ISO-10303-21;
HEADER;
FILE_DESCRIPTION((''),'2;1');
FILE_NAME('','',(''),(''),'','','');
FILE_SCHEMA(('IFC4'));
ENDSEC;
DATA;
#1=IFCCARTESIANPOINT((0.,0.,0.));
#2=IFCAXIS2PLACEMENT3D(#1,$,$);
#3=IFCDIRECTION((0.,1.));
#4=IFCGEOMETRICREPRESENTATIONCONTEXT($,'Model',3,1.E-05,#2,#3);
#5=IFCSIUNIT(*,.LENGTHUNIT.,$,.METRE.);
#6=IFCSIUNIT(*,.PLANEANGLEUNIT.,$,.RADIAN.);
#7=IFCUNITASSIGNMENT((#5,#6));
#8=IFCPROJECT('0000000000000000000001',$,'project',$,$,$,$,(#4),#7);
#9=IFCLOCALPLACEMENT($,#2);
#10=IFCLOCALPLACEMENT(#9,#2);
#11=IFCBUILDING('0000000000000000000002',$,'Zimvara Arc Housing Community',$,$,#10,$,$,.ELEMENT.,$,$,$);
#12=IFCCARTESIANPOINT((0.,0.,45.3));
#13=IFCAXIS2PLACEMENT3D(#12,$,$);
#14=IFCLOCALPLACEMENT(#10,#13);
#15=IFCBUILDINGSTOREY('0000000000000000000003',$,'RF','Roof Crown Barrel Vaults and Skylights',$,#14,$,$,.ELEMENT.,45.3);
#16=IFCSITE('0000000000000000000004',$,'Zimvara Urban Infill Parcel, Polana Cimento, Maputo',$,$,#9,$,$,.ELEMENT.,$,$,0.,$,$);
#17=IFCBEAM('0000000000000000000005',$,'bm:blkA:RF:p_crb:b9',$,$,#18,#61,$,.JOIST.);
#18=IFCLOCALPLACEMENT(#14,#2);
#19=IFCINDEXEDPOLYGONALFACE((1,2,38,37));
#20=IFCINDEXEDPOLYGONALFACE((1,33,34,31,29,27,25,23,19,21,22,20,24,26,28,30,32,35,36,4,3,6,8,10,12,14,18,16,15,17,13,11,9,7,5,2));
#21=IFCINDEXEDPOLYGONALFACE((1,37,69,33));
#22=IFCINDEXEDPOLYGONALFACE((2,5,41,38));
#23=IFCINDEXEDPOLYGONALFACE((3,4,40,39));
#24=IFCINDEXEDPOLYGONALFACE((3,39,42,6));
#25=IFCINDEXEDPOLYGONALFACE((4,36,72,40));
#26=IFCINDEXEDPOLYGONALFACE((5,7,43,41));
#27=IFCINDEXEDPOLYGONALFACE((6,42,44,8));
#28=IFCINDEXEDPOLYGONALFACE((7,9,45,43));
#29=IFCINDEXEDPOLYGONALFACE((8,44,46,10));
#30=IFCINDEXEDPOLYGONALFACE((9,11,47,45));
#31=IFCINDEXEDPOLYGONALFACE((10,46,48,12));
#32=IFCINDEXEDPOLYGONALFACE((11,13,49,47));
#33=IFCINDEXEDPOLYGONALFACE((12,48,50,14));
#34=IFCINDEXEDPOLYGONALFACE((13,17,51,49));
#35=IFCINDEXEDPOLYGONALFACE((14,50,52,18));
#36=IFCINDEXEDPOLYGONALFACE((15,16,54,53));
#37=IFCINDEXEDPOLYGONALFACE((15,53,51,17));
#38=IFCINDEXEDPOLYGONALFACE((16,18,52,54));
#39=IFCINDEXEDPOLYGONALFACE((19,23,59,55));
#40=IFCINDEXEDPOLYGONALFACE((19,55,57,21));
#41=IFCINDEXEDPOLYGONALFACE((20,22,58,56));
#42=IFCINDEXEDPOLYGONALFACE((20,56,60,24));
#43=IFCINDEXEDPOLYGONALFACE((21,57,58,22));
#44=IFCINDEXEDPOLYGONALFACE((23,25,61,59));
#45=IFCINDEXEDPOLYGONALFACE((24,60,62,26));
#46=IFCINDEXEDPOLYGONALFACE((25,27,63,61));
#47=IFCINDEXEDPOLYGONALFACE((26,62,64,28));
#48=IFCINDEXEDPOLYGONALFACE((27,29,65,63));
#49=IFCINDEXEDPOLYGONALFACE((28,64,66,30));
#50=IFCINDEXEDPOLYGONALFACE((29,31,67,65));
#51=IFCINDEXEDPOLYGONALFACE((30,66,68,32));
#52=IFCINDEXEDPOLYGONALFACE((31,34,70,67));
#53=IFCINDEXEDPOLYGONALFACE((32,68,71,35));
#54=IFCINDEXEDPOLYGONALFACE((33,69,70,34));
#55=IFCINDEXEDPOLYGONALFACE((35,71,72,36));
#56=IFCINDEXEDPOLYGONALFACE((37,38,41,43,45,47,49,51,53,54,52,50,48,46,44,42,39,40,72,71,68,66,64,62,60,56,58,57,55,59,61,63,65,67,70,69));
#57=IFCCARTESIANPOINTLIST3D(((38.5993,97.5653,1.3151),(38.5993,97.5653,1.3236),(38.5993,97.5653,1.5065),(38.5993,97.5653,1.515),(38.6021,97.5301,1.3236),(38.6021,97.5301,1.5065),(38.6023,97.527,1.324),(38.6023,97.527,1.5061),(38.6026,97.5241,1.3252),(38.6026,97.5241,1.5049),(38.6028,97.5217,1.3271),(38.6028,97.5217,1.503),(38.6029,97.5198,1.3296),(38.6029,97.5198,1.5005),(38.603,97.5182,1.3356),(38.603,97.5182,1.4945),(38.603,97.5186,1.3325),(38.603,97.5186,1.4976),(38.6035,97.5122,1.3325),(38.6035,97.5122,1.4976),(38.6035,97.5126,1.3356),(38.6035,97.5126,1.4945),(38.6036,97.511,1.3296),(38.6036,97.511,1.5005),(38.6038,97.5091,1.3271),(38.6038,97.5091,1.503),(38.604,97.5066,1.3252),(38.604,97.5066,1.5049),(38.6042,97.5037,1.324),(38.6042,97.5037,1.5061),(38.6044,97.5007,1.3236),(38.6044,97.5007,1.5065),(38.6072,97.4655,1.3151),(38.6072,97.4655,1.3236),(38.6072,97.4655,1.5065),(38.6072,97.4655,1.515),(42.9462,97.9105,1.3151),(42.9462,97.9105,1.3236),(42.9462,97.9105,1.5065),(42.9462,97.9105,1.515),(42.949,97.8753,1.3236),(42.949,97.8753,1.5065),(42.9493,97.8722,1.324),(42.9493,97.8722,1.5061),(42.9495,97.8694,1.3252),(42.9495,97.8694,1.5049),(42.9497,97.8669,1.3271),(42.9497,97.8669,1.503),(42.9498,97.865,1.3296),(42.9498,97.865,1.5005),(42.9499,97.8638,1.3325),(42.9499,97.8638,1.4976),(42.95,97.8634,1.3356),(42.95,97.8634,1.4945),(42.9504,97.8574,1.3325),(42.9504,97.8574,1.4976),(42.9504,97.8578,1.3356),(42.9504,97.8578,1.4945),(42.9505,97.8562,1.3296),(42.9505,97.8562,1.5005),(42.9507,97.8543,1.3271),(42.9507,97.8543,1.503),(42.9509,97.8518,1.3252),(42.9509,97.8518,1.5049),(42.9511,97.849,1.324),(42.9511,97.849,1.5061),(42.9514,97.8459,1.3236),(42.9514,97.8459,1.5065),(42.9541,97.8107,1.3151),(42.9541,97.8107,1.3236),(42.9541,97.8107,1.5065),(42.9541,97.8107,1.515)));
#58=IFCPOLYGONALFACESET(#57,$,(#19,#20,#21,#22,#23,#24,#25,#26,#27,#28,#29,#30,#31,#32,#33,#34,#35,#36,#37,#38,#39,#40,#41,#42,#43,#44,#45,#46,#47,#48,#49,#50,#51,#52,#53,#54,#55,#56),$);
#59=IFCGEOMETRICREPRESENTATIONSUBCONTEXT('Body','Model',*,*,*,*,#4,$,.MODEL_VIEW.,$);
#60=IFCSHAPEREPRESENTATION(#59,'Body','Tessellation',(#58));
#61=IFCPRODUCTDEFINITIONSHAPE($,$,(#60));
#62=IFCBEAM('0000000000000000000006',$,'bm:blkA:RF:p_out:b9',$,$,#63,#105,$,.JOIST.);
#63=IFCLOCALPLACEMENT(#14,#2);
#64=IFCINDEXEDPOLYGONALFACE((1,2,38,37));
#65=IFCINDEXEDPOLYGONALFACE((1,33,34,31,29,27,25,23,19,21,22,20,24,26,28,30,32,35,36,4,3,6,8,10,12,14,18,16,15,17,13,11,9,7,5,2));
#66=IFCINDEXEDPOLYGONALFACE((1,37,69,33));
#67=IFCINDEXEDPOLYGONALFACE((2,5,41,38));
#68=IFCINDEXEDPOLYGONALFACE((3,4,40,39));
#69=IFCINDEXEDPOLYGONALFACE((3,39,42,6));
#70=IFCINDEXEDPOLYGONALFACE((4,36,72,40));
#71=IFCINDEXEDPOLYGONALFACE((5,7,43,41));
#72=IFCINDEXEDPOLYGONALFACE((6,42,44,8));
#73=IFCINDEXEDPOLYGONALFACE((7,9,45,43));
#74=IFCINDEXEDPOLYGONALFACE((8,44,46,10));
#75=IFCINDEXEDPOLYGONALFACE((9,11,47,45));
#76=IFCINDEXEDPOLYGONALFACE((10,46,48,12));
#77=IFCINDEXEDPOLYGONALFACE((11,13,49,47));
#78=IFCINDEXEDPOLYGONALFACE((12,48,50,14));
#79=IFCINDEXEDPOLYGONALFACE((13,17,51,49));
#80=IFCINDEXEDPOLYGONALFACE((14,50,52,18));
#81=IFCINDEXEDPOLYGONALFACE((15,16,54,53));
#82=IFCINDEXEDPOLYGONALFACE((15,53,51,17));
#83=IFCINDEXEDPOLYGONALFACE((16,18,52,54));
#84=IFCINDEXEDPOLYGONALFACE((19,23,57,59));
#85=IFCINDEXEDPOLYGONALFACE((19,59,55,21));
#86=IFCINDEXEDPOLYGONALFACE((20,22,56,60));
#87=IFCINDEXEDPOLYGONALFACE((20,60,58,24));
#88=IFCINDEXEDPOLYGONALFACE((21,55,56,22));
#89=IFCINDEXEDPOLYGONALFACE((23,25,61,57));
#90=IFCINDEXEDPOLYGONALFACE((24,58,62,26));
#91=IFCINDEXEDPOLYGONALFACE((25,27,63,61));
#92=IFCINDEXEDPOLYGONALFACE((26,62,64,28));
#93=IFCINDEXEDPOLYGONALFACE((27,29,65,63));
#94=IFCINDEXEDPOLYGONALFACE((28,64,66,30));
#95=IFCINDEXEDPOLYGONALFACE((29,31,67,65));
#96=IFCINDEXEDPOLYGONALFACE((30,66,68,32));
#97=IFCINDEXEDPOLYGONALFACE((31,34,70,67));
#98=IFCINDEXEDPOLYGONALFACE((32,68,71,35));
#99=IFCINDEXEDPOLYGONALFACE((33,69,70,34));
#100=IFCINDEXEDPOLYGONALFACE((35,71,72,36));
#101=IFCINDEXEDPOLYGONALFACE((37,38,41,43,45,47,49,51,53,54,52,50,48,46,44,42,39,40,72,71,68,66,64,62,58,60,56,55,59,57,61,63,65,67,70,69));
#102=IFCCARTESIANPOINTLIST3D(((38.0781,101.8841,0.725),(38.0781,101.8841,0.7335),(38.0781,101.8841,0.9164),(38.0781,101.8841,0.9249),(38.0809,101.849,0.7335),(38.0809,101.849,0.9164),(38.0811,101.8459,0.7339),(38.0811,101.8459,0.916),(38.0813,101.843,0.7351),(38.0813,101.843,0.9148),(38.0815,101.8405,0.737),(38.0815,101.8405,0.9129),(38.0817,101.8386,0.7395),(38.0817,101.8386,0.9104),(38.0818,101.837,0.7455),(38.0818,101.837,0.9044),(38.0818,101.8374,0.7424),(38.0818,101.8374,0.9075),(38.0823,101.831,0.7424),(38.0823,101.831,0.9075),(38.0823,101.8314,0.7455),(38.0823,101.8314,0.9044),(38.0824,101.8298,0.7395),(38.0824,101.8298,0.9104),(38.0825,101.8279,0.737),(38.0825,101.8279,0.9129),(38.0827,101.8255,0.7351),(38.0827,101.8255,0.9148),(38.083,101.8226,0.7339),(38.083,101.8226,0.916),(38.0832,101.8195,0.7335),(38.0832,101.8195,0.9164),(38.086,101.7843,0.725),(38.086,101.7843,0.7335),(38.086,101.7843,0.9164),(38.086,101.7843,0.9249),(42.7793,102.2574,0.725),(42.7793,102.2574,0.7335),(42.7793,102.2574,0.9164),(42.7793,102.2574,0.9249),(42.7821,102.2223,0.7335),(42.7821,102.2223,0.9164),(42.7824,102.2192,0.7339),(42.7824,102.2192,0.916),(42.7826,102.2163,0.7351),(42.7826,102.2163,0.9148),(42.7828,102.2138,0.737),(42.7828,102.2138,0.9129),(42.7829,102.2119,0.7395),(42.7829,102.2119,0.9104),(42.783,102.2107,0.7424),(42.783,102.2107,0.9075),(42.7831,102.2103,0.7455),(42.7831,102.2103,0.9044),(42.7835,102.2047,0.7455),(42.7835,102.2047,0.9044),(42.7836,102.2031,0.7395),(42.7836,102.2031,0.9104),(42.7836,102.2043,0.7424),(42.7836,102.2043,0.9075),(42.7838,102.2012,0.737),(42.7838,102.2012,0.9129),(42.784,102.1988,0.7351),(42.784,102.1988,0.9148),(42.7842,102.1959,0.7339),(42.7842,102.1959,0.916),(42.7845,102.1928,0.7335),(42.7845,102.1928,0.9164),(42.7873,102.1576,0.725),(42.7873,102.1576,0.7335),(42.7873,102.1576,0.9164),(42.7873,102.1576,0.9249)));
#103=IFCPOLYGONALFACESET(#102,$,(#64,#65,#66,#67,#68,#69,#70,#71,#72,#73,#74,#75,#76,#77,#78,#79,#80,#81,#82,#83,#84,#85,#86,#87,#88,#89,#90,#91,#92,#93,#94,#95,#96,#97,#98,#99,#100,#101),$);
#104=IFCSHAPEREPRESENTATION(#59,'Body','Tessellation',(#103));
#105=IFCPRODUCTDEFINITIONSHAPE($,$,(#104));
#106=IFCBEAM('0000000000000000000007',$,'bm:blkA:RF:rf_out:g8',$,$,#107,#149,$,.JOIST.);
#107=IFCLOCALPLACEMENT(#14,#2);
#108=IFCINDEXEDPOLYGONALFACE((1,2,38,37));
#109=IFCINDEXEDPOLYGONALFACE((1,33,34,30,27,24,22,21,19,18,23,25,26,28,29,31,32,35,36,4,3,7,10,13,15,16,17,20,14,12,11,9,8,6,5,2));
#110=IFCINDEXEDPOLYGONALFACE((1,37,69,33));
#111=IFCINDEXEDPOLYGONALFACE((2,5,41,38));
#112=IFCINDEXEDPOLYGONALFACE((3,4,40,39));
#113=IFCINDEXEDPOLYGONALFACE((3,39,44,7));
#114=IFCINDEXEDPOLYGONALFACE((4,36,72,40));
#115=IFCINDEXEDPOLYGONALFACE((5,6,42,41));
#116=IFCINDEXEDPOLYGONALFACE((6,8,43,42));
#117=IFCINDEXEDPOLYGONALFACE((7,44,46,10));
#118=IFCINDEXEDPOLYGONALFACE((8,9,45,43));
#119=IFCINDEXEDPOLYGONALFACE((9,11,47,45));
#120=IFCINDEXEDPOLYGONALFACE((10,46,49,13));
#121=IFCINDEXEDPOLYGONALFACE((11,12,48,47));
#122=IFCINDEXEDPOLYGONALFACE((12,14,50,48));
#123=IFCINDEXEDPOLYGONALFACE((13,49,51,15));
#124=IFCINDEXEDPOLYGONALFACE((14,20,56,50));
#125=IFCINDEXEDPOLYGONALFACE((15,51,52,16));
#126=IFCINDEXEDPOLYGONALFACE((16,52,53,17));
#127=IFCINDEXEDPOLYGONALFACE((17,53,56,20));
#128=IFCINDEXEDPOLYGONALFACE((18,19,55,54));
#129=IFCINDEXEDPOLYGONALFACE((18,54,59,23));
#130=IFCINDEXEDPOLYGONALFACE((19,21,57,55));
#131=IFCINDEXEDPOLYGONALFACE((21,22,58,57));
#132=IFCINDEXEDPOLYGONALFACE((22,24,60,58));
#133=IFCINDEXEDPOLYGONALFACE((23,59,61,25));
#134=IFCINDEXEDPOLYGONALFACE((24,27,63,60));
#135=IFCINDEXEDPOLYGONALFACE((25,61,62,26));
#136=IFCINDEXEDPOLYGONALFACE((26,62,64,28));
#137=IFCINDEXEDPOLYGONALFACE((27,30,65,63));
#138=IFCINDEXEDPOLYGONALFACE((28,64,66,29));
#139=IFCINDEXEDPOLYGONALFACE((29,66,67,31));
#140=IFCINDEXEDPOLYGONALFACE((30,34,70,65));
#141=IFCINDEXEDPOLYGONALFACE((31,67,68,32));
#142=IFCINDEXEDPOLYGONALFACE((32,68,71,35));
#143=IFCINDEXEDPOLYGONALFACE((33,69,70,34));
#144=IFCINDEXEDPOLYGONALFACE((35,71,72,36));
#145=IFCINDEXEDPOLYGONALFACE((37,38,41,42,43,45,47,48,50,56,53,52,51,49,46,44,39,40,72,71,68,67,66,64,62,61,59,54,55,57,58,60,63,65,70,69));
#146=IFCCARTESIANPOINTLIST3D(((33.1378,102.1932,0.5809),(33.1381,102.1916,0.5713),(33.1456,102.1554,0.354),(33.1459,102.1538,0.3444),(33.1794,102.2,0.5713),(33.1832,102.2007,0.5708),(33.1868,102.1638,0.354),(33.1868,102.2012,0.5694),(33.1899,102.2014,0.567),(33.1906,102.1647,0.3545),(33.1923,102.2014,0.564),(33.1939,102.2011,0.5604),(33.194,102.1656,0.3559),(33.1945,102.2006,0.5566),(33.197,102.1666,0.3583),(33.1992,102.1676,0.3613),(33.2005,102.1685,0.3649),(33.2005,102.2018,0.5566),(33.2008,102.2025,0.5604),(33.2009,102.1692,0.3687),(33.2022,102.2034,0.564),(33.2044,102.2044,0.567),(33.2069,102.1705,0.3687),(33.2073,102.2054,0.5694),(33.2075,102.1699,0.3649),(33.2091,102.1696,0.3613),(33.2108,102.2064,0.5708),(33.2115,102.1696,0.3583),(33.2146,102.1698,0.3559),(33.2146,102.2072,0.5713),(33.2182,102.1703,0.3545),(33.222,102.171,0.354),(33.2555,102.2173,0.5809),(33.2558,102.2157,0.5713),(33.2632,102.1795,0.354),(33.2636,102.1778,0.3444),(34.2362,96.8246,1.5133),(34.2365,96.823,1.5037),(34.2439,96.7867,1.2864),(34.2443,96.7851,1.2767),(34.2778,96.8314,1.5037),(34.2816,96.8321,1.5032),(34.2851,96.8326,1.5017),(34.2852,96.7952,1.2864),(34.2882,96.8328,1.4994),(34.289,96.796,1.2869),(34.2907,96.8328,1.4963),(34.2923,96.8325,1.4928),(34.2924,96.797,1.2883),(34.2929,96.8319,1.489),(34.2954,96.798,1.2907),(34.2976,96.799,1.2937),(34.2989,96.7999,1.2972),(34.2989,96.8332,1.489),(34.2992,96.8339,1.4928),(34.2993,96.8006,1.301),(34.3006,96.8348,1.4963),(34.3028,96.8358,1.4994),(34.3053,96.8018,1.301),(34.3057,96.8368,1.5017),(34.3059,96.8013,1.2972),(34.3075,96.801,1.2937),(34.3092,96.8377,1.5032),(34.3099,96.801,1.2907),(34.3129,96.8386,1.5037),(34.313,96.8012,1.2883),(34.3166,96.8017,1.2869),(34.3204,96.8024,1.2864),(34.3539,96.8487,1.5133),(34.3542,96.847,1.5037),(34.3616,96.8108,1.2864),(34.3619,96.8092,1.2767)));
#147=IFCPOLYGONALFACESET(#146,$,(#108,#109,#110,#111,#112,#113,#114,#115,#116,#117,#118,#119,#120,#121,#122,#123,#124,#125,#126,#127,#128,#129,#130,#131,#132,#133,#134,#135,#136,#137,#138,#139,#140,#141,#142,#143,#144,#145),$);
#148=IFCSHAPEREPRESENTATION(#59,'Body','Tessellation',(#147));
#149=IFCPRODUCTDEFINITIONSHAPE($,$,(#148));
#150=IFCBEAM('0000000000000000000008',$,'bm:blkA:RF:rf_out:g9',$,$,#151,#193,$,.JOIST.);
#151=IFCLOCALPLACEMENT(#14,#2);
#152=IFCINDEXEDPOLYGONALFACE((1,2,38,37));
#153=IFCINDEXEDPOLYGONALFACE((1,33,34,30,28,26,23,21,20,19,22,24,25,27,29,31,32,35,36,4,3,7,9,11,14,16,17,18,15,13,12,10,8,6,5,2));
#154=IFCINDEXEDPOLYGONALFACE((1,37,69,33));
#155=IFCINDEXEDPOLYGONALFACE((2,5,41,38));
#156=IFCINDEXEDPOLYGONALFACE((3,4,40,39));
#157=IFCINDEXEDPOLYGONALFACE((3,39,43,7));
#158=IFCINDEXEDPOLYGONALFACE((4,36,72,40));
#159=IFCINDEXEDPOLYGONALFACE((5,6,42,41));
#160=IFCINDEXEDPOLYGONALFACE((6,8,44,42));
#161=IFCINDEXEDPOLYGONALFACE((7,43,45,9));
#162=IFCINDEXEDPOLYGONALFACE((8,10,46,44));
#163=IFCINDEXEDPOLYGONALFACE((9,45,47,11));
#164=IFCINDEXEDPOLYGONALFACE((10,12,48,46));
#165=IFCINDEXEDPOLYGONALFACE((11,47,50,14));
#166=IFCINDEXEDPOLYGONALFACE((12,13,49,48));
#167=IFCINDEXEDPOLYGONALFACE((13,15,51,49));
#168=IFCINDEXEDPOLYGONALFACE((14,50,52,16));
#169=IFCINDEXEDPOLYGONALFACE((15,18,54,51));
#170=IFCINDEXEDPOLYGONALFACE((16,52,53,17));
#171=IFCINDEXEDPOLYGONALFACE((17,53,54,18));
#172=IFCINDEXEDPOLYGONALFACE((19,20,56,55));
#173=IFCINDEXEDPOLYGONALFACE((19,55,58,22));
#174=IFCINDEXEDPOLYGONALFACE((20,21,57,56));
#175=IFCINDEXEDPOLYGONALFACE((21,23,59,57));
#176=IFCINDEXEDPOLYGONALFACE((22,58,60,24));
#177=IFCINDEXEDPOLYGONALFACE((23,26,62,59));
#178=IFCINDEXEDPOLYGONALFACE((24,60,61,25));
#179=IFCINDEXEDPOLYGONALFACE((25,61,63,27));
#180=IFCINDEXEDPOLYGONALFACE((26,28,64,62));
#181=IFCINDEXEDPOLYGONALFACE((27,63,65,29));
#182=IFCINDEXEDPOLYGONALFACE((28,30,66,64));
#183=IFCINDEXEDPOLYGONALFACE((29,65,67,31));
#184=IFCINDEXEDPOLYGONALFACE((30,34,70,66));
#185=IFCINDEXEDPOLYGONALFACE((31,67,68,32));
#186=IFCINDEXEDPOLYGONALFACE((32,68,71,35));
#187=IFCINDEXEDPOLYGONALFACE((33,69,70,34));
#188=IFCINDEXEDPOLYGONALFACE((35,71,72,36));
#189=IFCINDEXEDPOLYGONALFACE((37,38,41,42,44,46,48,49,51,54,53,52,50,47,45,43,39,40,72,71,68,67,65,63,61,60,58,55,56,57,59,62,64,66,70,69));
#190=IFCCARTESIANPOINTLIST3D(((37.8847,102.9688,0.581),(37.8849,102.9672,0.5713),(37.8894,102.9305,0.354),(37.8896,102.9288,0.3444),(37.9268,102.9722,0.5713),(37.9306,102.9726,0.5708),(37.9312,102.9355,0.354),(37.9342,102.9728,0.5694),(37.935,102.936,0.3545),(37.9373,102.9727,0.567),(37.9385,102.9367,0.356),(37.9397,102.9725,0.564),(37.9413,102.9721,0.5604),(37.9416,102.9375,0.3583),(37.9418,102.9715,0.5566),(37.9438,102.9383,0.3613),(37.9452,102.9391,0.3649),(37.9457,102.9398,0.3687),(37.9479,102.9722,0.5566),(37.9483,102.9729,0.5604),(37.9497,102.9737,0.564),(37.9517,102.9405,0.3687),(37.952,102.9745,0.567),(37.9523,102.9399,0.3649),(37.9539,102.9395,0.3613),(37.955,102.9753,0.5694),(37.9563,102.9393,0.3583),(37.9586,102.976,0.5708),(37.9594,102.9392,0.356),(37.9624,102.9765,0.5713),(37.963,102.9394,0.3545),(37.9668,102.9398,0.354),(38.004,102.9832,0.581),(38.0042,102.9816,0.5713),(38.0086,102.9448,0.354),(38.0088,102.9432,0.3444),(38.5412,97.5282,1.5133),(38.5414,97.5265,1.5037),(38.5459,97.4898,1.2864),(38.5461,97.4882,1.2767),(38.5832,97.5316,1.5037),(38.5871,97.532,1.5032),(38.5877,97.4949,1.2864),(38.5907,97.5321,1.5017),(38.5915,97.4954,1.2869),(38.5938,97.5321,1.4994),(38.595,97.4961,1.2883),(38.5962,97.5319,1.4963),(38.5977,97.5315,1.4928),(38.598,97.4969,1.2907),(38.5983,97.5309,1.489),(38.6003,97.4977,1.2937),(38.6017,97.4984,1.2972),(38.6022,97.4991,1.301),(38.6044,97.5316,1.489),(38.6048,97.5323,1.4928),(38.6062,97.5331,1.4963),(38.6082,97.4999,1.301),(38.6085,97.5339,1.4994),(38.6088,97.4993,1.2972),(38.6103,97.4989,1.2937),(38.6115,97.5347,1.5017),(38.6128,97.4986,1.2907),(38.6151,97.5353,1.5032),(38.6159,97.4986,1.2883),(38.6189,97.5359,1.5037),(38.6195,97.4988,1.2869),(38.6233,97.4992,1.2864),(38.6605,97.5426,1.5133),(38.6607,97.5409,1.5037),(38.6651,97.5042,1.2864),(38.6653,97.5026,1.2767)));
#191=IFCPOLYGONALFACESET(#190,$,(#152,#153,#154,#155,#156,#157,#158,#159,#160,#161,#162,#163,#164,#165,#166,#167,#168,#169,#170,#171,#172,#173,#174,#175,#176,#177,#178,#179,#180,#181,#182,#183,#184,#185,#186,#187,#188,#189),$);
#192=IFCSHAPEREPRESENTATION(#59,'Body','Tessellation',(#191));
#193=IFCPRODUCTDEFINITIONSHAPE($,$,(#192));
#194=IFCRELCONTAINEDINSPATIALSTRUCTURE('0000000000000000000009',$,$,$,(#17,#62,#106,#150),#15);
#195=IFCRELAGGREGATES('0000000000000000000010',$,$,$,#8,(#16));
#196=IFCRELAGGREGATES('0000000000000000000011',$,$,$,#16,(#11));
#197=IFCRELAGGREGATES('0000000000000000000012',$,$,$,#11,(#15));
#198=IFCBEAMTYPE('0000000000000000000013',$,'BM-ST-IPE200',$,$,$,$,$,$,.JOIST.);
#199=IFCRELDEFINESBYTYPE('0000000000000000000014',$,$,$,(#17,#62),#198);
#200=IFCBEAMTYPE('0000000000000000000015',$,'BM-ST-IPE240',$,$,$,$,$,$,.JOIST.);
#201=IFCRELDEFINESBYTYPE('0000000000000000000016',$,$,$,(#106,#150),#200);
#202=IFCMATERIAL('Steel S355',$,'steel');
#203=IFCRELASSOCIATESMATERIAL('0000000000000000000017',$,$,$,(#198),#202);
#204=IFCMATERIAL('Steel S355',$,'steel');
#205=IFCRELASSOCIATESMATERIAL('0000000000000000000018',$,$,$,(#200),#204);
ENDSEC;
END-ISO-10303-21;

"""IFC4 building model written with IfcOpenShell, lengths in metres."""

from ifc_helpers import new_model, si_unit, direction, frame, origin, origin_2d, place, context, subcontext, project, spatial, i_section, extrude, material, material_profile, profile_set, type_object, element, save


model = new_model("IFC4")

# Units and contexts
model_context = context("Model", 3, precision=1e-05, world=origin(), true_north=direction((0.0, 1.0)))
body_context = subcontext(model_context, "Body", "Model", "MODEL_VIEW")
ifc_project = project(units=[si_unit("LENGTHUNIT", "METRE"), si_unit("PLANEANGLEUNIT", "RADIAN")], contexts=[model_context])

# Site, building, storey
site_placement = place(None, origin())
site = spatial("IfcSite", under=ifc_project, at=site_placement, Name="Zimvara Urban Infill Parcel, Polana Cimento, Maputo", CompositionType="ELEMENT", RefElevation=0.0)
building_placement = place(site_placement, origin())
building = spatial("IfcBuilding", under=site, at=building_placement, Name="Zimvara Arc Housing Community", CompositionType="ELEMENT")
storey_placement = place(building_placement, frame((0.0, 0.0, 45.3)))
storey = spatial("IfcBuildingStorey", under=building, at=storey_placement, Name="RF", Description="Roof Crown Barrel Vaults and Skylights", CompositionType="ELEMENT", Elevation=45.3)

# Beams
ifc_material_1 = material(Name="Steel S355", Category="steel")
ifc_material_profile_1 = material_profile(ifc_material_1, i_section(OverallWidth=0.1001, OverallDepth=0.2, WebThickness=0.0056, FlangeThickness=0.0085, FilletRadius=0.012, at=origin_2d()), Name="IPE 200")
ifc_profile_set_1 = profile_set([ifc_material_profile_1], Name="Steel S355")
beam_type_1 = type_object("IfcBeamType", Name="BM-ST-IPE200", PredefinedType="JOIST", material=ifc_profile_set_1)
beam_1_placement = place(storey_placement, frame((38.6033, 97.5154, 1.415), z_axis=(0.996861, 0.079167, 0.0), x_axis=(-0.079167, 0.996861, 0.0)))
element("IfcBeam", 1, at=beam_1_placement, inside=storey, type_object=beam_type_1, Name="bm:blkA:RF:p_crb:b9", PredefinedType="JOIST", context=body_context, shape_type="SweptSolid", body=[
    extrude(i_section(OverallWidth=0.1001, OverallDepth=0.2, WebThickness=0.0056, FlangeThickness=0.0085, FilletRadius=0.012, at=origin_2d()), origin(), (0.0, 0.0, 1.0), 4.3606),
])
beam_2_placement = place(storey_placement, frame((38.082, 101.8342, 0.825), z_axis=(0.996862, 0.079155, 0.0), x_axis=(-0.079155, 0.996862, 0.0)))
element("IfcBeam", 2, at=beam_2_placement, inside=storey, type_object=beam_type_1, Name="bm:blkA:RF:p_out:b9", PredefinedType="JOIST", context=body_context, shape_type="SweptSolid", body=[
    extrude(i_section(OverallWidth=0.1001, OverallDepth=0.2, WebThickness=0.0056, FlangeThickness=0.0085, FilletRadius=0.012, at=origin_2d()), origin(), (0.0, 0.0, 1.0), 4.7161),
])
ifc_material_2 = material(Name="Steel S355", Category="steel")
ifc_material_profile_2 = material_profile(ifc_material_2, i_section(OverallWidth=0.1201, OverallDepth=0.24, WebThickness=0.0061, FlangeThickness=0.0098, FilletRadius=0.0149, at=origin_2d()), Name="IPE 240")
ifc_profile_set_2 = profile_set([ifc_material_profile_2], Name="Steel S355")
beam_type_2 = type_object("IfcBeamType", Name="BM-ST-IPE240", PredefinedType="JOIST", material=ifc_profile_set_2)
beam_3_placement = place(storey_placement, frame((34.2991, 96.8169, 1.395), z_axis=(-0.197601, 0.965825, -0.167735), x_axis=(-0.979706, -0.200441, 0.0)))
element("IfcBeam", 3, at=beam_3_placement, inside=storey, type_object=beam_type_2, Name="bm:blkA:RF:rf_out:g8", PredefinedType="JOIST", context=body_context, shape_type="SweptSolid", body=[
    extrude(i_section(OverallWidth=0.1201, OverallDepth=0.24, WebThickness=0.0061, FlangeThickness=0.0098, FilletRadius=0.0149, at=origin_2d()), origin(), (0.0, 0.0, 1.0), 5.5586),
])
for number, where, z_axis, x_axis, name in (
    (4, (38.6033, 97.5154, 1.395), (-0.118098, 0.978734, -0.167727), (-0.992799, -0.119795, 0.0), "bm:blkA:RF:rf_out:g9"),
):
    element("IfcBeam", number, at=place(storey_placement, frame(where, z_axis=z_axis, x_axis=x_axis)), inside=storey, type_object=beam_type_2, Name=name, PredefinedType="JOIST", context=body_context, shape_type="SweptSolid", body=[
        extrude(i_section(OverallWidth=0.1201, OverallDepth=0.24, WebThickness=0.0061, FlangeThickness=0.0098, FilletRadius=0.0149, at=origin_2d()), origin(), (0.0, 0.0, 1.0), 5.5588),
    ])

save(model, "model.ifc")
